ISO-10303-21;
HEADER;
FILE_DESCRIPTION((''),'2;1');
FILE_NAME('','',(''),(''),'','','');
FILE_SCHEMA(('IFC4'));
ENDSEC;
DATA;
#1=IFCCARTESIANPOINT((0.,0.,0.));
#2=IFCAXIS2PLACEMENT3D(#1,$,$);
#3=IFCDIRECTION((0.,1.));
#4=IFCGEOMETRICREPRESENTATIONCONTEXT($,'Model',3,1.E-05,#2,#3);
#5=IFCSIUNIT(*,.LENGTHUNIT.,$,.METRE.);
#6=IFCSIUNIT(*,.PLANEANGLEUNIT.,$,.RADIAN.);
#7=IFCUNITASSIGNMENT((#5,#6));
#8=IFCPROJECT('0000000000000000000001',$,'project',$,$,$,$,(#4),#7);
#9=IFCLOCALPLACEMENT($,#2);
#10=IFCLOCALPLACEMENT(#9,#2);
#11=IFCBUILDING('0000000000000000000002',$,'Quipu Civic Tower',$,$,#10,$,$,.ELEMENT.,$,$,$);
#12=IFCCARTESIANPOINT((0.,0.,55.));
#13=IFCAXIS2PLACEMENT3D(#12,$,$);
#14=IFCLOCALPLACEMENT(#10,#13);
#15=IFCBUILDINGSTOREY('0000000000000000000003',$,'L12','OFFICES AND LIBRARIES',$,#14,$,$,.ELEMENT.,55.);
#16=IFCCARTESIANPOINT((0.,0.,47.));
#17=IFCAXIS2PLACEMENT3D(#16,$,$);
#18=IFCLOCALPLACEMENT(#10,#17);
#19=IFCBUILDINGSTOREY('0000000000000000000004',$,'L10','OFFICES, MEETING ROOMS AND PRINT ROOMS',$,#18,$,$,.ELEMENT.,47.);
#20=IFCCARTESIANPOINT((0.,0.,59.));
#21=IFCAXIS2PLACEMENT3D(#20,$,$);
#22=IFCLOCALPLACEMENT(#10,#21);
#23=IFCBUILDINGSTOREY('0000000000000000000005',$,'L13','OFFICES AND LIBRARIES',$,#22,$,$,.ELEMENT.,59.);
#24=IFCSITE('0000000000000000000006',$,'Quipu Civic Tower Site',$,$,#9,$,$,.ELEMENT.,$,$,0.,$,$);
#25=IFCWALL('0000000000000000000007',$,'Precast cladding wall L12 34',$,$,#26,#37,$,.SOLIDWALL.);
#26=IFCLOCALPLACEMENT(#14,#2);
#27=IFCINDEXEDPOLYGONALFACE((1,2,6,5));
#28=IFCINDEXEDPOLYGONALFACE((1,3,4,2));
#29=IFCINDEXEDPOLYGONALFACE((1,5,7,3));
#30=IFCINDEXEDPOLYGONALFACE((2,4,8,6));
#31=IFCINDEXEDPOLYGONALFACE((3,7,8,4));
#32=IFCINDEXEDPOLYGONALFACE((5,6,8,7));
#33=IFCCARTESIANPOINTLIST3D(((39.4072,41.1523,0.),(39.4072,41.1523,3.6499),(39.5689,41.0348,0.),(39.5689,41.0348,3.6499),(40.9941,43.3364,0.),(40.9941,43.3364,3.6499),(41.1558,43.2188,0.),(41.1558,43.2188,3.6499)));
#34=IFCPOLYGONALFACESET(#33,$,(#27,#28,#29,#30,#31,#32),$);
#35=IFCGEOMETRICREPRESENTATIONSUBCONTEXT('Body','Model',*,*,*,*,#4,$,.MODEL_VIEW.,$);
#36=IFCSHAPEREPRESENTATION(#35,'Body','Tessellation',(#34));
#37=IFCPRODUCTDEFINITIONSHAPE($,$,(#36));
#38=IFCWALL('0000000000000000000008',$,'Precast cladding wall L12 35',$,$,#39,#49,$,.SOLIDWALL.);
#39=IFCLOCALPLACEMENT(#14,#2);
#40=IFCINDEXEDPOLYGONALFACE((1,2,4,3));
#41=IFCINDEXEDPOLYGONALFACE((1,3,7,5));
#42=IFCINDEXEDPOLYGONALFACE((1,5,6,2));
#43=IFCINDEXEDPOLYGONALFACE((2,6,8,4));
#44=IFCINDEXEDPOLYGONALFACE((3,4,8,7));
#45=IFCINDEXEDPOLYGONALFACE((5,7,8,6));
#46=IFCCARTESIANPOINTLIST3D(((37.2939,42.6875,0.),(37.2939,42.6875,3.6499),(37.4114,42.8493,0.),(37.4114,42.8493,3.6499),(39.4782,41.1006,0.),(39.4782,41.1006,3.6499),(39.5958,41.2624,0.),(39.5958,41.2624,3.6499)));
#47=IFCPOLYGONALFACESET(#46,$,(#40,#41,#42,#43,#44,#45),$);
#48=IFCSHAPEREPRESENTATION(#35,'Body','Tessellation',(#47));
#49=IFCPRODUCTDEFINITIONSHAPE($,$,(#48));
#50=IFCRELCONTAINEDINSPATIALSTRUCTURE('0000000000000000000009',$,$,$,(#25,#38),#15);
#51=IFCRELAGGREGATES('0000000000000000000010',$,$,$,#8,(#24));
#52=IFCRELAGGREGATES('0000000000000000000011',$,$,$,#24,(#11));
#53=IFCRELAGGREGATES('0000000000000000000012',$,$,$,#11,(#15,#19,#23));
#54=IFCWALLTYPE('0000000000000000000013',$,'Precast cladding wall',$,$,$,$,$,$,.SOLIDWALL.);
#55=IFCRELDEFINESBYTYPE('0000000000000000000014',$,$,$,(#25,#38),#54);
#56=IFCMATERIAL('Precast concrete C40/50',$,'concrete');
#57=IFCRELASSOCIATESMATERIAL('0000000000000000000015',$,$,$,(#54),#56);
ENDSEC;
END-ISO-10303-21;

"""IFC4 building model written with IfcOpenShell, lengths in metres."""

from ifc_helpers import new_model, si_unit, direction, frame, frame_2d, origin, place, context, subcontext, project, spatial, rectangle, extrude, material, type_object, element, save


model = new_model("IFC4")

# Units and contexts
model_context = context("Model", 3, precision=1e-05, world=origin(), true_north=direction((0.0, 1.0)))
body_context = subcontext(model_context, "Body", "Model", "MODEL_VIEW")
ifc_project = project(units=[si_unit("LENGTHUNIT", "METRE"), si_unit("PLANEANGLEUNIT", "RADIAN")], contexts=[model_context])

# Site, building, storey
site_placement = place(None, origin())
site = spatial("IfcSite", under=ifc_project, at=site_placement, Name="Quipu Civic Tower Site", CompositionType="ELEMENT", RefElevation=0.0)
building_placement = place(site_placement, origin())
building = spatial("IfcBuilding", under=site, at=building_placement, Name="Quipu Civic Tower", CompositionType="ELEMENT")
storey_1_placement = place(building_placement, frame((0.0, 0.0, 55.0)))
storey_1 = spatial("IfcBuildingStorey", under=building, at=storey_1_placement, Name="L12", Description="OFFICES AND LIBRARIES", CompositionType="ELEMENT", Elevation=55.0)

# Shared definitions
storey_2_placement = place(building_placement, frame((0.0, 0.0, 47.0)))
storey_2 = spatial("IfcBuildingStorey", under=building, at=storey_2_placement, Name="L10", Description="OFFICES, MEETING ROOMS AND PRINT ROOMS", CompositionType="ELEMENT", Elevation=47.0)

# Shared definitions
storey_3_placement = place(building_placement, frame((0.0, 0.0, 59.0)))
storey_3 = spatial("IfcBuildingStorey", under=building, at=storey_3_placement, Name="L13", Description="OFFICES AND LIBRARIES", CompositionType="ELEMENT", Elevation=59.0)

# Walls
ifc_material_1 = material(Name="Precast concrete C40/50", Category="concrete")
wall_type_1 = type_object("IfcWallType", Name="Precast cladding wall", PredefinedType="SOLIDWALL", material=ifc_material_1)
wall_1_placement = place(storey_1_placement, frame((41.075, 43.2776, 0.0), z_axis=(0.0, 0.0, 1.0), x_axis=(-0.587806, -0.809002, 0.0)))
element("IfcWall", 1, at=wall_1_placement, inside=storey_1, type_object=wall_type_1, Name="Precast cladding wall L12 34", PredefinedType="SOLIDWALL", context=body_context, shape_type="SweptSolid", body=[
    extrude(rectangle(XDim=2.6997, YDim=0.2, at=frame_2d((1.3499, 0.0))), origin(), (0.0, 0.0, 1.0), 3.6499),
])
wall_2_placement = place(storey_1_placement, frame((39.5371, 41.1814, 0.0), z_axis=(0.0, 0.0, 1.0), x_axis=(-0.809033, 0.587763, 0.0)))
element("IfcWall", 2, at=wall_2_placement, inside=storey_1, type_object=wall_type_1, Name="Precast cladding wall L12 35", PredefinedType="SOLIDWALL", context=body_context, shape_type="SweptSolid", body=[
    extrude(rectangle(XDim=2.7, YDim=0.2, at=frame_2d((1.3501, 0.0))), origin(), (0.0, 0.0, 1.0), 3.6499),
])

save(model, "model.ifc")
